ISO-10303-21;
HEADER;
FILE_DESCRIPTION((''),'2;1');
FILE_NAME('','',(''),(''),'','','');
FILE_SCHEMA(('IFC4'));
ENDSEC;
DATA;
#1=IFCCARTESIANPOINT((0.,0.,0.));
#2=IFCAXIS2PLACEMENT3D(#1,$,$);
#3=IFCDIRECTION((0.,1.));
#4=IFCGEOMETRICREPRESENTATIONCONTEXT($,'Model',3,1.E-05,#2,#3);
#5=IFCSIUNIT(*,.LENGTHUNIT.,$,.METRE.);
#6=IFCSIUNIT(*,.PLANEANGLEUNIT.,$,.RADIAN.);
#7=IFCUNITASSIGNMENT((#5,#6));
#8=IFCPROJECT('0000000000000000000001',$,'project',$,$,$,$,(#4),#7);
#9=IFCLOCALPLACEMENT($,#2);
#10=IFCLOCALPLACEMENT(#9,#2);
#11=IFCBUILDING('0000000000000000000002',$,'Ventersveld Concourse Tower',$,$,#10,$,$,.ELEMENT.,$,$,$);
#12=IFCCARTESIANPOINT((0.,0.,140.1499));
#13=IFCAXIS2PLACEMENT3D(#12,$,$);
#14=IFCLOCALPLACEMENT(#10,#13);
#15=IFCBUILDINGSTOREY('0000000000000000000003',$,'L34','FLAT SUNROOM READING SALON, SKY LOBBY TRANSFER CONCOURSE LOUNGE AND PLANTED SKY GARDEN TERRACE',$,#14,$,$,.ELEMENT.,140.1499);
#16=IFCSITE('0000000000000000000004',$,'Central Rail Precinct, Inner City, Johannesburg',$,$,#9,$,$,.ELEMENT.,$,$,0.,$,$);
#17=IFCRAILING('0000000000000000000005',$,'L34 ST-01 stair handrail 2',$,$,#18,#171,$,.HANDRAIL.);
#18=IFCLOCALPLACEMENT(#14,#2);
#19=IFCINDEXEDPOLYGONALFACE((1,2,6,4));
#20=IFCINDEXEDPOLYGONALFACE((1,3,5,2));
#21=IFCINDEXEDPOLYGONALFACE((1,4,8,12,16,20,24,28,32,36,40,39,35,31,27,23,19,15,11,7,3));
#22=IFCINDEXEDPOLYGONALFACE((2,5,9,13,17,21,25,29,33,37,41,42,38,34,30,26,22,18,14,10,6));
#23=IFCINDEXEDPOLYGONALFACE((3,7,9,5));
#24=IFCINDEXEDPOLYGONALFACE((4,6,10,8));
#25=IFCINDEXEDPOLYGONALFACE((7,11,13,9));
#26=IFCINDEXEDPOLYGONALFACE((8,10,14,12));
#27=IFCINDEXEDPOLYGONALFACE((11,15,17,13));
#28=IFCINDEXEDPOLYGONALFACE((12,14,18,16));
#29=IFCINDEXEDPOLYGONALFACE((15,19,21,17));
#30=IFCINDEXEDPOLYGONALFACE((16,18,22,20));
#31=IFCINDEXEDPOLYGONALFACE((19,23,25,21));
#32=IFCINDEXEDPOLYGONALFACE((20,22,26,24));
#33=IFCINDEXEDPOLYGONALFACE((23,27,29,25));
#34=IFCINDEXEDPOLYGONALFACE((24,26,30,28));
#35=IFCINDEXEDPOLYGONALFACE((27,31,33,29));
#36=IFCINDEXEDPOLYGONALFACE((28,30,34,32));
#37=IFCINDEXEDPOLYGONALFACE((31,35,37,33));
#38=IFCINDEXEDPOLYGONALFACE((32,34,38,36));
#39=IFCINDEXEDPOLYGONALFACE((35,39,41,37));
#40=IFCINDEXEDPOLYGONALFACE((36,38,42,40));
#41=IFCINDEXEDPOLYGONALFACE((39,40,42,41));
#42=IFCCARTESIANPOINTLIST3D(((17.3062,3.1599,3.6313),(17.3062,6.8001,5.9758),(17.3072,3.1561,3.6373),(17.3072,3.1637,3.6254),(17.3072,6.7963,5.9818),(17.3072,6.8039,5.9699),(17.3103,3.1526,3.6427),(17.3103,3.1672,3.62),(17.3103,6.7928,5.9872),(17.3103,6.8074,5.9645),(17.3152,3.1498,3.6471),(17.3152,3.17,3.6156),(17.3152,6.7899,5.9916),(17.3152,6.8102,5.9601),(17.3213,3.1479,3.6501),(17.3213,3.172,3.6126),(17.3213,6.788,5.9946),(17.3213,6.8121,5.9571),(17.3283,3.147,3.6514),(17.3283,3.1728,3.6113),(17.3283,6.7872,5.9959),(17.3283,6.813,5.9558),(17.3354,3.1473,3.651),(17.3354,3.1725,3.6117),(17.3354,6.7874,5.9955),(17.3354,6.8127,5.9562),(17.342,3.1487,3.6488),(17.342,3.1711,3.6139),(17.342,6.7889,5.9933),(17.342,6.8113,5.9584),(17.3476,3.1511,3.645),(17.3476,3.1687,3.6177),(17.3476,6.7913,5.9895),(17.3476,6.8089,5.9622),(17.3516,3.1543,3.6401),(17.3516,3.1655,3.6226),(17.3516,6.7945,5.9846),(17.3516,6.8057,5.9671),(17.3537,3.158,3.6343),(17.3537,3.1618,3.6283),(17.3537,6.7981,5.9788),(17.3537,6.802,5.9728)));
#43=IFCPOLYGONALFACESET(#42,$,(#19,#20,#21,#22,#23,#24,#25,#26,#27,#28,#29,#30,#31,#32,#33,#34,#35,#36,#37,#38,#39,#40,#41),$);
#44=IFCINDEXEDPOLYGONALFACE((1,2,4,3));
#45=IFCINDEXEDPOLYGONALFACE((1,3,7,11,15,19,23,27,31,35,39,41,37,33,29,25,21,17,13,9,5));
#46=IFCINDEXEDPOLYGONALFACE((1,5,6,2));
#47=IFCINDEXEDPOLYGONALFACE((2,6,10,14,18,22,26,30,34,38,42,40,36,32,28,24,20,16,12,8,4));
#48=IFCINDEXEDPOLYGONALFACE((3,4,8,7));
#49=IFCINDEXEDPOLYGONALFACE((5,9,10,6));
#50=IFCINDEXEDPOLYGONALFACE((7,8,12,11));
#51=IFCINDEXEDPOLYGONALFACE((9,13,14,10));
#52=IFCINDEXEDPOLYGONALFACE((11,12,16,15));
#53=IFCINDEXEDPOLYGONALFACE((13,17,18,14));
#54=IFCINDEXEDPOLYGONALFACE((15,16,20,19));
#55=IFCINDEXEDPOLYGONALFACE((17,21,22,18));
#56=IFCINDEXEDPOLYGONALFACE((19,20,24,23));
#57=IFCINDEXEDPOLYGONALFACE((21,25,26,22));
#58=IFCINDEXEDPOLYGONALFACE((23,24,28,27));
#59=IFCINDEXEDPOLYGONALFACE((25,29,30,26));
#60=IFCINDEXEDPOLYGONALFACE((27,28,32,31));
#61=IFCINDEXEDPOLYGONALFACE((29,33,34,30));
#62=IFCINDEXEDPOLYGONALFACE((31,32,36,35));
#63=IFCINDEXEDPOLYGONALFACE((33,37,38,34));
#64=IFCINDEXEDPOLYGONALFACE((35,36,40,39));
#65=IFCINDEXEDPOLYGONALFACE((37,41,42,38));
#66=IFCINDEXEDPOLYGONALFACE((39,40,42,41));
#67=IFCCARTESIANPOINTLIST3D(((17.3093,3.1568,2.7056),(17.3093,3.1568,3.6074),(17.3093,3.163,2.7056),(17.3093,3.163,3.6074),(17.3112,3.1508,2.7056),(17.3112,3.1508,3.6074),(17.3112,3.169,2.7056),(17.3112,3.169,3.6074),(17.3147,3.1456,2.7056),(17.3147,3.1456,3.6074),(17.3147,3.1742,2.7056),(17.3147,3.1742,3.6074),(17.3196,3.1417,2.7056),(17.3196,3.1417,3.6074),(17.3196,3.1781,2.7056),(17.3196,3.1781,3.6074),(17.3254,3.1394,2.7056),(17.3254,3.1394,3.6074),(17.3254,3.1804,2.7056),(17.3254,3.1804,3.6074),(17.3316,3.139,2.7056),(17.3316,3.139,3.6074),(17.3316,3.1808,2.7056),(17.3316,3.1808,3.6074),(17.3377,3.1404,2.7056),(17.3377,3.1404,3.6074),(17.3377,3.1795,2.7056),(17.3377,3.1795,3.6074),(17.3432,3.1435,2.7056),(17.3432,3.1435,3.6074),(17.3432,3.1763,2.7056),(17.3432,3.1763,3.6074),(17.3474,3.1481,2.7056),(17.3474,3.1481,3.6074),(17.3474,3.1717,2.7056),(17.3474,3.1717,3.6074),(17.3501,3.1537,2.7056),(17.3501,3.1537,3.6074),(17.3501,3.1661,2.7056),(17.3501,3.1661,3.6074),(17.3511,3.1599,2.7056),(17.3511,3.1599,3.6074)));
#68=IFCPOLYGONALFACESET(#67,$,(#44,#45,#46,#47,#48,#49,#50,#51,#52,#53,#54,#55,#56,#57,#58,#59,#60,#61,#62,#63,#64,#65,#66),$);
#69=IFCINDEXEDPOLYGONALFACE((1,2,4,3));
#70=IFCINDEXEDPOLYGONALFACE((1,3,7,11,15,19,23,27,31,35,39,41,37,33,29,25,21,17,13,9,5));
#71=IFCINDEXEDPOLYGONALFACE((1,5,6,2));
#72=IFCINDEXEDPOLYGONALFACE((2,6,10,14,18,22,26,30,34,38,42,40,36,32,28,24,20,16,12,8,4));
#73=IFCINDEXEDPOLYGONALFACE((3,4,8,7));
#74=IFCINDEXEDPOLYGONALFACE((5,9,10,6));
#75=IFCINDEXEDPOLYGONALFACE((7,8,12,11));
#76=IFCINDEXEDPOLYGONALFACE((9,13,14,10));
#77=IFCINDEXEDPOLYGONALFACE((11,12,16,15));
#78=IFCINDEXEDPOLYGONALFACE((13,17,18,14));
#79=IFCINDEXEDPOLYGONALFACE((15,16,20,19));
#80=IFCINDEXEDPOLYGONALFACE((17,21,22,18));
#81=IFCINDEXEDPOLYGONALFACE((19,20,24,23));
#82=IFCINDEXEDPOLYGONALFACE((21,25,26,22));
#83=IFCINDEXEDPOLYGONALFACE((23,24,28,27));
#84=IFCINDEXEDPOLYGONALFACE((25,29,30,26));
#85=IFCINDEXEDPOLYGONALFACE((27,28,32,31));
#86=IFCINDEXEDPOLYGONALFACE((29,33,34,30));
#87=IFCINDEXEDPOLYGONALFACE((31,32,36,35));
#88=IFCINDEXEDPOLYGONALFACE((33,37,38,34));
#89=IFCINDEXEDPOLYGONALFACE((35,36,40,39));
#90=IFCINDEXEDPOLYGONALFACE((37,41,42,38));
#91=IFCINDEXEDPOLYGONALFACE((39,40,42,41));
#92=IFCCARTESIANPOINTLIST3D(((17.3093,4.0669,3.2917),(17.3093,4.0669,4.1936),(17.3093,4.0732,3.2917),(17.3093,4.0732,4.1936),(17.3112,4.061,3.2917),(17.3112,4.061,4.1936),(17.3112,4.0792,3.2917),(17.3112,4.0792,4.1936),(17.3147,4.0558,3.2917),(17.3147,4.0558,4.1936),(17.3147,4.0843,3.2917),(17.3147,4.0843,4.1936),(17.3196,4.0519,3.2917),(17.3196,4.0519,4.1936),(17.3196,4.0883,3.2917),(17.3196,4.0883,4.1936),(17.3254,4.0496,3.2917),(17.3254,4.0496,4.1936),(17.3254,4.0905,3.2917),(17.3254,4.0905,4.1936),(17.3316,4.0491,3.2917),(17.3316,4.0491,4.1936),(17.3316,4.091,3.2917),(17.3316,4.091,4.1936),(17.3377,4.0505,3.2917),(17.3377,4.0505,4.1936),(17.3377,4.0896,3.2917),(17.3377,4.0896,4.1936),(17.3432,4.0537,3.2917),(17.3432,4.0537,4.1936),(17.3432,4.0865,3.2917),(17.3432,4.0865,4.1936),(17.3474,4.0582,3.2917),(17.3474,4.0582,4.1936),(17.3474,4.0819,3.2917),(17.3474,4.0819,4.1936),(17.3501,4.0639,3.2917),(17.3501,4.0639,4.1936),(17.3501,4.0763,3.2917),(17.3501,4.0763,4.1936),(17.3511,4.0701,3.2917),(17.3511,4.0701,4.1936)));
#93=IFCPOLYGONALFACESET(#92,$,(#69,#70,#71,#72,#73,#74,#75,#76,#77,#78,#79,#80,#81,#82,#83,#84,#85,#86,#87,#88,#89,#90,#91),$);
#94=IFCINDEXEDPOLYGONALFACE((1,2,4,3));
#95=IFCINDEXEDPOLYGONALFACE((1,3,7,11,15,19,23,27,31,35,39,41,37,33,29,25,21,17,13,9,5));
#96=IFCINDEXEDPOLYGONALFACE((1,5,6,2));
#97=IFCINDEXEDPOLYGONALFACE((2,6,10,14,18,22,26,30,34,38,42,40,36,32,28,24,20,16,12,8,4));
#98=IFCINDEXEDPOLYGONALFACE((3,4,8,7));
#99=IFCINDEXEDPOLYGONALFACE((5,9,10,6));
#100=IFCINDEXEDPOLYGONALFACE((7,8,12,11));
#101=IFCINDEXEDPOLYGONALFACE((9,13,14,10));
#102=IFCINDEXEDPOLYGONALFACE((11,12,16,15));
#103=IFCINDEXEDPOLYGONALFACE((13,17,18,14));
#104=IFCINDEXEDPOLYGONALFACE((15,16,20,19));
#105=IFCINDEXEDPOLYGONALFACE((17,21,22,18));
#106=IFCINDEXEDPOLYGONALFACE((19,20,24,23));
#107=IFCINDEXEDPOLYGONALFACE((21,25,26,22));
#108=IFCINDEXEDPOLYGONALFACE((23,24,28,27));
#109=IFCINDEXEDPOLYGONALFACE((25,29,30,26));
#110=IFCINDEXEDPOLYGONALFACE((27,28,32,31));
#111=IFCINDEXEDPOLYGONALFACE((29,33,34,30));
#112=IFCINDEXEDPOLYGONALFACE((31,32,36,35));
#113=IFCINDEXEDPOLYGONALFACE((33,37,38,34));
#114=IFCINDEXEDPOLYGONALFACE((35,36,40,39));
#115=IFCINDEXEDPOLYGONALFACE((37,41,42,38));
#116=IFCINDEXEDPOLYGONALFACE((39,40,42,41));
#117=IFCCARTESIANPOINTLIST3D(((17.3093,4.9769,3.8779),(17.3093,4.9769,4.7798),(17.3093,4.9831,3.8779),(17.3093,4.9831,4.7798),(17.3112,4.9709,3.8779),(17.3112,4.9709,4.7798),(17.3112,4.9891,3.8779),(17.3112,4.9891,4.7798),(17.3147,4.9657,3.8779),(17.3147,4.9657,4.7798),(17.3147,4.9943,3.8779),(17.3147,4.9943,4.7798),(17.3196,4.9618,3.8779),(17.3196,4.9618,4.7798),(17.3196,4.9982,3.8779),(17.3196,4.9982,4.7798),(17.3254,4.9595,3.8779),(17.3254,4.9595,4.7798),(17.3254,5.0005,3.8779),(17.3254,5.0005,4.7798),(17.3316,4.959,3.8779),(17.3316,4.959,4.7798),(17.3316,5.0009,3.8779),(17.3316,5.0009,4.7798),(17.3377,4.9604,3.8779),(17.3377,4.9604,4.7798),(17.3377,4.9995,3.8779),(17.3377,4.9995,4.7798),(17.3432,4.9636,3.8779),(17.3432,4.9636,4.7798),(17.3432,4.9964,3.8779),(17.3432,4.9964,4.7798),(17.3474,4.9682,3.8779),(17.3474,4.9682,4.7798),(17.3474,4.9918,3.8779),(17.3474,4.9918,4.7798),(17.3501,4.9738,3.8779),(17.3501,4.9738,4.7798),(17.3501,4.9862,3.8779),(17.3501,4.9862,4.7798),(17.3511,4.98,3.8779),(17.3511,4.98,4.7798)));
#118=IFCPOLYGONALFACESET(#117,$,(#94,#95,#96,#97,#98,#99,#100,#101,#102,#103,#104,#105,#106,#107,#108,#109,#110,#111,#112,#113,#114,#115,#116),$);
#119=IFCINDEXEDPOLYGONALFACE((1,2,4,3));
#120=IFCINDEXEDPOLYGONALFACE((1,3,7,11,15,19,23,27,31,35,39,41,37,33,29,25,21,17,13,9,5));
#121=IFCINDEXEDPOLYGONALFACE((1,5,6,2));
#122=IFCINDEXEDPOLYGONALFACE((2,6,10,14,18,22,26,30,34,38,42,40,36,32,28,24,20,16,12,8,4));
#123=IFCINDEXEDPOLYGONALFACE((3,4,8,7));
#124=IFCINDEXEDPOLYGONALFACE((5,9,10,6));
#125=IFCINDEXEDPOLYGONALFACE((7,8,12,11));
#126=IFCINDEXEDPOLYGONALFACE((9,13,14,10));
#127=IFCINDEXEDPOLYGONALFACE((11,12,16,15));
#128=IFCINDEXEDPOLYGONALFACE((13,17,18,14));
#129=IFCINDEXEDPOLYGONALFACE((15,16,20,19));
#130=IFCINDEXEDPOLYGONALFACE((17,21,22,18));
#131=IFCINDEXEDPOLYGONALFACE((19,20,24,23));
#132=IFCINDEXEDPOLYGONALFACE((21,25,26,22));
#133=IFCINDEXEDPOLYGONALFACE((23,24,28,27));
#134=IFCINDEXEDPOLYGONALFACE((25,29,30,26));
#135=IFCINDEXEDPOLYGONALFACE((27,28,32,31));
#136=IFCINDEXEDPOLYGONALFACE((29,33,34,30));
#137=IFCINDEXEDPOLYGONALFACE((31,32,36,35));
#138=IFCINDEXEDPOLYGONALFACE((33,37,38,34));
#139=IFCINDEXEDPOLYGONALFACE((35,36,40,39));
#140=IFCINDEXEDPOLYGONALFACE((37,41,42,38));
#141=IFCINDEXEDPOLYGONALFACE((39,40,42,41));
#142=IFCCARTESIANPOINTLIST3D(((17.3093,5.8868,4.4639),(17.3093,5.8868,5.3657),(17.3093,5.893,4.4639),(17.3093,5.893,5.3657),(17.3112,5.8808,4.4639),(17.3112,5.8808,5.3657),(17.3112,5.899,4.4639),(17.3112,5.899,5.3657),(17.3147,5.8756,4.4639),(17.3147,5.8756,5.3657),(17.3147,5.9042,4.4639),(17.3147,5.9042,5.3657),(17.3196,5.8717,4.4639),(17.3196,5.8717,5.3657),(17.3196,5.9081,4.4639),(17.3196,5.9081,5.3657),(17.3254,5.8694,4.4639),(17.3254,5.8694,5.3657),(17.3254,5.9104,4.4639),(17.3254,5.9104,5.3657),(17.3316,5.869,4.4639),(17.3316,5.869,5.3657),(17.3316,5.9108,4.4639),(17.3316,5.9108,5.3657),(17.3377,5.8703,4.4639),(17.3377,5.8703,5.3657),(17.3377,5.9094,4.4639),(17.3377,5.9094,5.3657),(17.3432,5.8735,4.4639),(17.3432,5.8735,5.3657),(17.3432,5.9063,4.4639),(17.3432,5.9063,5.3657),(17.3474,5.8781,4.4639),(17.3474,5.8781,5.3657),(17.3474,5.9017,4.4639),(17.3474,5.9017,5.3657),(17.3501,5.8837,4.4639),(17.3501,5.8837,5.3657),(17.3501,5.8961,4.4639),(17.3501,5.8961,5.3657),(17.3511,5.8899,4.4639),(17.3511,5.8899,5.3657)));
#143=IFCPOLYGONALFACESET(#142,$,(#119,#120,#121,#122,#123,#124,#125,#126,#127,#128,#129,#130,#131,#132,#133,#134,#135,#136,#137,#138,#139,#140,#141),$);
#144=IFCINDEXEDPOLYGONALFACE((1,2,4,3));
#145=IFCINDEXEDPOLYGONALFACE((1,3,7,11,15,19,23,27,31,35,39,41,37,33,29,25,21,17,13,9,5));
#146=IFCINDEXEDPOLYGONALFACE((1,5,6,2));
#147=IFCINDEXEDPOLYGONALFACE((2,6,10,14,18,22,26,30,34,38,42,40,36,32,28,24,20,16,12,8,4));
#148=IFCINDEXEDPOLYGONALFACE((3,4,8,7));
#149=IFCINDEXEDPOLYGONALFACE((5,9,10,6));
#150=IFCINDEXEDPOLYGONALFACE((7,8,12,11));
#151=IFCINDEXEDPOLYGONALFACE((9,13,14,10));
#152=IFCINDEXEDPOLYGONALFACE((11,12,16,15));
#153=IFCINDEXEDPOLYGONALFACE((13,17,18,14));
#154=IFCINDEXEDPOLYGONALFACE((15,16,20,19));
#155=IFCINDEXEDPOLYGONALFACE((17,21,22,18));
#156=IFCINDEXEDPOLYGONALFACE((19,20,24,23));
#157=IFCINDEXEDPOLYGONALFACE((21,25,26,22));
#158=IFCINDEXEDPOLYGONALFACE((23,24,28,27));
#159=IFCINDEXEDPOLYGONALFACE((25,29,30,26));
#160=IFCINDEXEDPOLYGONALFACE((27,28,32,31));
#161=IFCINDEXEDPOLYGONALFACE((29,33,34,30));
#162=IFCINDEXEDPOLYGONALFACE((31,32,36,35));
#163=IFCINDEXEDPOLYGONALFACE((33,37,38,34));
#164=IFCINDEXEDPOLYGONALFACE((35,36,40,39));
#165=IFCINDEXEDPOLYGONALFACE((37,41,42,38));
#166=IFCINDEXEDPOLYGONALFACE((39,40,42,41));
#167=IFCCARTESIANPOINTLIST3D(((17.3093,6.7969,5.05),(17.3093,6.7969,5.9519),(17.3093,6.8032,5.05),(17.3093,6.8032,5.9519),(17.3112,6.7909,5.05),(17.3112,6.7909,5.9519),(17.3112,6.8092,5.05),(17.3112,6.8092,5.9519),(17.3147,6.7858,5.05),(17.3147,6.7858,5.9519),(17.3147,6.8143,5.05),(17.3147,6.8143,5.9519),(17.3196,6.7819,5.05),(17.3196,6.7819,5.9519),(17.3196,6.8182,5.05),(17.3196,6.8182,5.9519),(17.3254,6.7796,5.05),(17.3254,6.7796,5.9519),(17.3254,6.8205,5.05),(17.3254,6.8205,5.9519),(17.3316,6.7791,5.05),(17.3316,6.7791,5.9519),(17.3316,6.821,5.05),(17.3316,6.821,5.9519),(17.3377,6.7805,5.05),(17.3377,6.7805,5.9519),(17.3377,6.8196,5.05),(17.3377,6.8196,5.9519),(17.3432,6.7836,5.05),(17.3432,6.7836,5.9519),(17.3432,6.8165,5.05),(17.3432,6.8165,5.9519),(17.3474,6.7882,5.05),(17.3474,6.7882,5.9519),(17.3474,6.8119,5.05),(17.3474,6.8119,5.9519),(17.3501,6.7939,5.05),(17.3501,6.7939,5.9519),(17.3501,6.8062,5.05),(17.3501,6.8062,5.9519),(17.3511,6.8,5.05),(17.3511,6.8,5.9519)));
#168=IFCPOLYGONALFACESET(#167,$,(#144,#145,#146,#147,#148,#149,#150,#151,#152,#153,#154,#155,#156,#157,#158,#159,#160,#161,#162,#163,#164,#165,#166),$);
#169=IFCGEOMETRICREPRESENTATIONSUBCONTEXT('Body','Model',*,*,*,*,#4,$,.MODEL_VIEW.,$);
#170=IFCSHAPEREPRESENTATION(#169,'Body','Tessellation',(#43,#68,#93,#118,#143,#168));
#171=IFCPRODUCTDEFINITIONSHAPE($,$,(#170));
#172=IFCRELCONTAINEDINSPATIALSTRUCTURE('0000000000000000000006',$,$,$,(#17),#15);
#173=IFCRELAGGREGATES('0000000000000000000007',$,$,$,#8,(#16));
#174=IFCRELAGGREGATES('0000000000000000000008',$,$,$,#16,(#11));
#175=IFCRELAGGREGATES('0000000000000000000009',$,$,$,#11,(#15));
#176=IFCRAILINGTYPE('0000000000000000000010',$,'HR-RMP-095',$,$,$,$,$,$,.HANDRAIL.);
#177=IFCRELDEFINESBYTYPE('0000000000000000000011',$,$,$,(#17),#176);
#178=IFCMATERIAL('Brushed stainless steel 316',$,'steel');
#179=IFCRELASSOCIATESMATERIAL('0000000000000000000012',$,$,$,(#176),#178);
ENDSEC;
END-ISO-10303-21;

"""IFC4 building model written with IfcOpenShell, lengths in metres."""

from ifc_helpers import new_model, si_unit, direction, frame, origin, origin_2d, place, context, subcontext, project, spatial, circle, extrude, material, type_object, element, save


model = new_model("IFC4")

# Units and contexts
model_context = context("Model", 3, precision=1e-05, world=origin(), true_north=direction((0.0, 1.0)))
body_context = subcontext(model_context, "Body", "Model", "MODEL_VIEW")
ifc_project = project(units=[si_unit("LENGTHUNIT", "METRE"), si_unit("PLANEANGLEUNIT", "RADIAN")], contexts=[model_context])

# Site, building, storey
site_placement = place(None, origin())
site = spatial("IfcSite", under=ifc_project, at=site_placement, Name="Central Rail Precinct, Inner City, Johannesburg", CompositionType="ELEMENT", RefElevation=0.0)
building_placement = place(site_placement, origin())
building = spatial("IfcBuilding", under=site, at=building_placement, Name="Ventersveld Concourse Tower", CompositionType="ELEMENT")
storey_placement = place(building_placement, frame((0.0, 0.0, 140.1499)))
storey = spatial("IfcBuildingStorey", under=building, at=storey_placement, Name="L34", Description="FLAT SUNROOM READING SALON, SKY LOBBY TRANSFER CONCOURSE LOUNGE AND PLANTED SKY GARDEN TERRACE", CompositionType="ELEMENT", Elevation=140.1499)

# Shared definitions
ifc_material_1 = material(Name="Brushed stainless steel 316", Category="steel")

# Railing
railing_type = type_object("IfcRailingType", Name="HR-RMP-095", PredefinedType="HANDRAIL", material=ifc_material_1)
railing_placement = place(storey_placement, frame((17.3301, 3.1599, 2.7056)))
element("IfcRailing", 1, at=railing_placement, inside=storey, type_object=railing_type, Name="L34 ST-01 stair handrail 2", PredefinedType="HANDRAIL", context=body_context, shape_type="SweptSolid", body=[
    extrude(circle(Radius=0.0239, at=origin_2d()), frame((0.0, 0.0, 0.9258), z_axis=(0.0, 0.840716, 0.541476), x_axis=(-1.0, 0.0, 0.0)), (0.0, 0.0, 1.0), 4.3298),
    extrude(circle(Radius=0.021, at=origin_2d()), origin(), (0.0, 0.0, 1.0), 0.9019),
    extrude(circle(Radius=0.021, at=origin_2d()), frame((0.0, 0.9102, 0.5862)), (0.0, 0.0, 1.0), 0.9019),
    extrude(circle(Radius=0.021, at=origin_2d()), frame((0.0, 1.8201, 1.1724)), (0.0, 0.0, 1.0), 0.9019),
    extrude(circle(Radius=0.021, at=origin_2d()), frame((0.0, 2.73, 1.7583)), (0.0, 0.0, 1.0), 0.9019),
    extrude(circle(Radius=0.021, at=origin_2d()), frame((0.0, 3.6401, 2.3445)), (0.0, 0.0, 1.0), 0.9019),
])

save(model, "model.ifc")
